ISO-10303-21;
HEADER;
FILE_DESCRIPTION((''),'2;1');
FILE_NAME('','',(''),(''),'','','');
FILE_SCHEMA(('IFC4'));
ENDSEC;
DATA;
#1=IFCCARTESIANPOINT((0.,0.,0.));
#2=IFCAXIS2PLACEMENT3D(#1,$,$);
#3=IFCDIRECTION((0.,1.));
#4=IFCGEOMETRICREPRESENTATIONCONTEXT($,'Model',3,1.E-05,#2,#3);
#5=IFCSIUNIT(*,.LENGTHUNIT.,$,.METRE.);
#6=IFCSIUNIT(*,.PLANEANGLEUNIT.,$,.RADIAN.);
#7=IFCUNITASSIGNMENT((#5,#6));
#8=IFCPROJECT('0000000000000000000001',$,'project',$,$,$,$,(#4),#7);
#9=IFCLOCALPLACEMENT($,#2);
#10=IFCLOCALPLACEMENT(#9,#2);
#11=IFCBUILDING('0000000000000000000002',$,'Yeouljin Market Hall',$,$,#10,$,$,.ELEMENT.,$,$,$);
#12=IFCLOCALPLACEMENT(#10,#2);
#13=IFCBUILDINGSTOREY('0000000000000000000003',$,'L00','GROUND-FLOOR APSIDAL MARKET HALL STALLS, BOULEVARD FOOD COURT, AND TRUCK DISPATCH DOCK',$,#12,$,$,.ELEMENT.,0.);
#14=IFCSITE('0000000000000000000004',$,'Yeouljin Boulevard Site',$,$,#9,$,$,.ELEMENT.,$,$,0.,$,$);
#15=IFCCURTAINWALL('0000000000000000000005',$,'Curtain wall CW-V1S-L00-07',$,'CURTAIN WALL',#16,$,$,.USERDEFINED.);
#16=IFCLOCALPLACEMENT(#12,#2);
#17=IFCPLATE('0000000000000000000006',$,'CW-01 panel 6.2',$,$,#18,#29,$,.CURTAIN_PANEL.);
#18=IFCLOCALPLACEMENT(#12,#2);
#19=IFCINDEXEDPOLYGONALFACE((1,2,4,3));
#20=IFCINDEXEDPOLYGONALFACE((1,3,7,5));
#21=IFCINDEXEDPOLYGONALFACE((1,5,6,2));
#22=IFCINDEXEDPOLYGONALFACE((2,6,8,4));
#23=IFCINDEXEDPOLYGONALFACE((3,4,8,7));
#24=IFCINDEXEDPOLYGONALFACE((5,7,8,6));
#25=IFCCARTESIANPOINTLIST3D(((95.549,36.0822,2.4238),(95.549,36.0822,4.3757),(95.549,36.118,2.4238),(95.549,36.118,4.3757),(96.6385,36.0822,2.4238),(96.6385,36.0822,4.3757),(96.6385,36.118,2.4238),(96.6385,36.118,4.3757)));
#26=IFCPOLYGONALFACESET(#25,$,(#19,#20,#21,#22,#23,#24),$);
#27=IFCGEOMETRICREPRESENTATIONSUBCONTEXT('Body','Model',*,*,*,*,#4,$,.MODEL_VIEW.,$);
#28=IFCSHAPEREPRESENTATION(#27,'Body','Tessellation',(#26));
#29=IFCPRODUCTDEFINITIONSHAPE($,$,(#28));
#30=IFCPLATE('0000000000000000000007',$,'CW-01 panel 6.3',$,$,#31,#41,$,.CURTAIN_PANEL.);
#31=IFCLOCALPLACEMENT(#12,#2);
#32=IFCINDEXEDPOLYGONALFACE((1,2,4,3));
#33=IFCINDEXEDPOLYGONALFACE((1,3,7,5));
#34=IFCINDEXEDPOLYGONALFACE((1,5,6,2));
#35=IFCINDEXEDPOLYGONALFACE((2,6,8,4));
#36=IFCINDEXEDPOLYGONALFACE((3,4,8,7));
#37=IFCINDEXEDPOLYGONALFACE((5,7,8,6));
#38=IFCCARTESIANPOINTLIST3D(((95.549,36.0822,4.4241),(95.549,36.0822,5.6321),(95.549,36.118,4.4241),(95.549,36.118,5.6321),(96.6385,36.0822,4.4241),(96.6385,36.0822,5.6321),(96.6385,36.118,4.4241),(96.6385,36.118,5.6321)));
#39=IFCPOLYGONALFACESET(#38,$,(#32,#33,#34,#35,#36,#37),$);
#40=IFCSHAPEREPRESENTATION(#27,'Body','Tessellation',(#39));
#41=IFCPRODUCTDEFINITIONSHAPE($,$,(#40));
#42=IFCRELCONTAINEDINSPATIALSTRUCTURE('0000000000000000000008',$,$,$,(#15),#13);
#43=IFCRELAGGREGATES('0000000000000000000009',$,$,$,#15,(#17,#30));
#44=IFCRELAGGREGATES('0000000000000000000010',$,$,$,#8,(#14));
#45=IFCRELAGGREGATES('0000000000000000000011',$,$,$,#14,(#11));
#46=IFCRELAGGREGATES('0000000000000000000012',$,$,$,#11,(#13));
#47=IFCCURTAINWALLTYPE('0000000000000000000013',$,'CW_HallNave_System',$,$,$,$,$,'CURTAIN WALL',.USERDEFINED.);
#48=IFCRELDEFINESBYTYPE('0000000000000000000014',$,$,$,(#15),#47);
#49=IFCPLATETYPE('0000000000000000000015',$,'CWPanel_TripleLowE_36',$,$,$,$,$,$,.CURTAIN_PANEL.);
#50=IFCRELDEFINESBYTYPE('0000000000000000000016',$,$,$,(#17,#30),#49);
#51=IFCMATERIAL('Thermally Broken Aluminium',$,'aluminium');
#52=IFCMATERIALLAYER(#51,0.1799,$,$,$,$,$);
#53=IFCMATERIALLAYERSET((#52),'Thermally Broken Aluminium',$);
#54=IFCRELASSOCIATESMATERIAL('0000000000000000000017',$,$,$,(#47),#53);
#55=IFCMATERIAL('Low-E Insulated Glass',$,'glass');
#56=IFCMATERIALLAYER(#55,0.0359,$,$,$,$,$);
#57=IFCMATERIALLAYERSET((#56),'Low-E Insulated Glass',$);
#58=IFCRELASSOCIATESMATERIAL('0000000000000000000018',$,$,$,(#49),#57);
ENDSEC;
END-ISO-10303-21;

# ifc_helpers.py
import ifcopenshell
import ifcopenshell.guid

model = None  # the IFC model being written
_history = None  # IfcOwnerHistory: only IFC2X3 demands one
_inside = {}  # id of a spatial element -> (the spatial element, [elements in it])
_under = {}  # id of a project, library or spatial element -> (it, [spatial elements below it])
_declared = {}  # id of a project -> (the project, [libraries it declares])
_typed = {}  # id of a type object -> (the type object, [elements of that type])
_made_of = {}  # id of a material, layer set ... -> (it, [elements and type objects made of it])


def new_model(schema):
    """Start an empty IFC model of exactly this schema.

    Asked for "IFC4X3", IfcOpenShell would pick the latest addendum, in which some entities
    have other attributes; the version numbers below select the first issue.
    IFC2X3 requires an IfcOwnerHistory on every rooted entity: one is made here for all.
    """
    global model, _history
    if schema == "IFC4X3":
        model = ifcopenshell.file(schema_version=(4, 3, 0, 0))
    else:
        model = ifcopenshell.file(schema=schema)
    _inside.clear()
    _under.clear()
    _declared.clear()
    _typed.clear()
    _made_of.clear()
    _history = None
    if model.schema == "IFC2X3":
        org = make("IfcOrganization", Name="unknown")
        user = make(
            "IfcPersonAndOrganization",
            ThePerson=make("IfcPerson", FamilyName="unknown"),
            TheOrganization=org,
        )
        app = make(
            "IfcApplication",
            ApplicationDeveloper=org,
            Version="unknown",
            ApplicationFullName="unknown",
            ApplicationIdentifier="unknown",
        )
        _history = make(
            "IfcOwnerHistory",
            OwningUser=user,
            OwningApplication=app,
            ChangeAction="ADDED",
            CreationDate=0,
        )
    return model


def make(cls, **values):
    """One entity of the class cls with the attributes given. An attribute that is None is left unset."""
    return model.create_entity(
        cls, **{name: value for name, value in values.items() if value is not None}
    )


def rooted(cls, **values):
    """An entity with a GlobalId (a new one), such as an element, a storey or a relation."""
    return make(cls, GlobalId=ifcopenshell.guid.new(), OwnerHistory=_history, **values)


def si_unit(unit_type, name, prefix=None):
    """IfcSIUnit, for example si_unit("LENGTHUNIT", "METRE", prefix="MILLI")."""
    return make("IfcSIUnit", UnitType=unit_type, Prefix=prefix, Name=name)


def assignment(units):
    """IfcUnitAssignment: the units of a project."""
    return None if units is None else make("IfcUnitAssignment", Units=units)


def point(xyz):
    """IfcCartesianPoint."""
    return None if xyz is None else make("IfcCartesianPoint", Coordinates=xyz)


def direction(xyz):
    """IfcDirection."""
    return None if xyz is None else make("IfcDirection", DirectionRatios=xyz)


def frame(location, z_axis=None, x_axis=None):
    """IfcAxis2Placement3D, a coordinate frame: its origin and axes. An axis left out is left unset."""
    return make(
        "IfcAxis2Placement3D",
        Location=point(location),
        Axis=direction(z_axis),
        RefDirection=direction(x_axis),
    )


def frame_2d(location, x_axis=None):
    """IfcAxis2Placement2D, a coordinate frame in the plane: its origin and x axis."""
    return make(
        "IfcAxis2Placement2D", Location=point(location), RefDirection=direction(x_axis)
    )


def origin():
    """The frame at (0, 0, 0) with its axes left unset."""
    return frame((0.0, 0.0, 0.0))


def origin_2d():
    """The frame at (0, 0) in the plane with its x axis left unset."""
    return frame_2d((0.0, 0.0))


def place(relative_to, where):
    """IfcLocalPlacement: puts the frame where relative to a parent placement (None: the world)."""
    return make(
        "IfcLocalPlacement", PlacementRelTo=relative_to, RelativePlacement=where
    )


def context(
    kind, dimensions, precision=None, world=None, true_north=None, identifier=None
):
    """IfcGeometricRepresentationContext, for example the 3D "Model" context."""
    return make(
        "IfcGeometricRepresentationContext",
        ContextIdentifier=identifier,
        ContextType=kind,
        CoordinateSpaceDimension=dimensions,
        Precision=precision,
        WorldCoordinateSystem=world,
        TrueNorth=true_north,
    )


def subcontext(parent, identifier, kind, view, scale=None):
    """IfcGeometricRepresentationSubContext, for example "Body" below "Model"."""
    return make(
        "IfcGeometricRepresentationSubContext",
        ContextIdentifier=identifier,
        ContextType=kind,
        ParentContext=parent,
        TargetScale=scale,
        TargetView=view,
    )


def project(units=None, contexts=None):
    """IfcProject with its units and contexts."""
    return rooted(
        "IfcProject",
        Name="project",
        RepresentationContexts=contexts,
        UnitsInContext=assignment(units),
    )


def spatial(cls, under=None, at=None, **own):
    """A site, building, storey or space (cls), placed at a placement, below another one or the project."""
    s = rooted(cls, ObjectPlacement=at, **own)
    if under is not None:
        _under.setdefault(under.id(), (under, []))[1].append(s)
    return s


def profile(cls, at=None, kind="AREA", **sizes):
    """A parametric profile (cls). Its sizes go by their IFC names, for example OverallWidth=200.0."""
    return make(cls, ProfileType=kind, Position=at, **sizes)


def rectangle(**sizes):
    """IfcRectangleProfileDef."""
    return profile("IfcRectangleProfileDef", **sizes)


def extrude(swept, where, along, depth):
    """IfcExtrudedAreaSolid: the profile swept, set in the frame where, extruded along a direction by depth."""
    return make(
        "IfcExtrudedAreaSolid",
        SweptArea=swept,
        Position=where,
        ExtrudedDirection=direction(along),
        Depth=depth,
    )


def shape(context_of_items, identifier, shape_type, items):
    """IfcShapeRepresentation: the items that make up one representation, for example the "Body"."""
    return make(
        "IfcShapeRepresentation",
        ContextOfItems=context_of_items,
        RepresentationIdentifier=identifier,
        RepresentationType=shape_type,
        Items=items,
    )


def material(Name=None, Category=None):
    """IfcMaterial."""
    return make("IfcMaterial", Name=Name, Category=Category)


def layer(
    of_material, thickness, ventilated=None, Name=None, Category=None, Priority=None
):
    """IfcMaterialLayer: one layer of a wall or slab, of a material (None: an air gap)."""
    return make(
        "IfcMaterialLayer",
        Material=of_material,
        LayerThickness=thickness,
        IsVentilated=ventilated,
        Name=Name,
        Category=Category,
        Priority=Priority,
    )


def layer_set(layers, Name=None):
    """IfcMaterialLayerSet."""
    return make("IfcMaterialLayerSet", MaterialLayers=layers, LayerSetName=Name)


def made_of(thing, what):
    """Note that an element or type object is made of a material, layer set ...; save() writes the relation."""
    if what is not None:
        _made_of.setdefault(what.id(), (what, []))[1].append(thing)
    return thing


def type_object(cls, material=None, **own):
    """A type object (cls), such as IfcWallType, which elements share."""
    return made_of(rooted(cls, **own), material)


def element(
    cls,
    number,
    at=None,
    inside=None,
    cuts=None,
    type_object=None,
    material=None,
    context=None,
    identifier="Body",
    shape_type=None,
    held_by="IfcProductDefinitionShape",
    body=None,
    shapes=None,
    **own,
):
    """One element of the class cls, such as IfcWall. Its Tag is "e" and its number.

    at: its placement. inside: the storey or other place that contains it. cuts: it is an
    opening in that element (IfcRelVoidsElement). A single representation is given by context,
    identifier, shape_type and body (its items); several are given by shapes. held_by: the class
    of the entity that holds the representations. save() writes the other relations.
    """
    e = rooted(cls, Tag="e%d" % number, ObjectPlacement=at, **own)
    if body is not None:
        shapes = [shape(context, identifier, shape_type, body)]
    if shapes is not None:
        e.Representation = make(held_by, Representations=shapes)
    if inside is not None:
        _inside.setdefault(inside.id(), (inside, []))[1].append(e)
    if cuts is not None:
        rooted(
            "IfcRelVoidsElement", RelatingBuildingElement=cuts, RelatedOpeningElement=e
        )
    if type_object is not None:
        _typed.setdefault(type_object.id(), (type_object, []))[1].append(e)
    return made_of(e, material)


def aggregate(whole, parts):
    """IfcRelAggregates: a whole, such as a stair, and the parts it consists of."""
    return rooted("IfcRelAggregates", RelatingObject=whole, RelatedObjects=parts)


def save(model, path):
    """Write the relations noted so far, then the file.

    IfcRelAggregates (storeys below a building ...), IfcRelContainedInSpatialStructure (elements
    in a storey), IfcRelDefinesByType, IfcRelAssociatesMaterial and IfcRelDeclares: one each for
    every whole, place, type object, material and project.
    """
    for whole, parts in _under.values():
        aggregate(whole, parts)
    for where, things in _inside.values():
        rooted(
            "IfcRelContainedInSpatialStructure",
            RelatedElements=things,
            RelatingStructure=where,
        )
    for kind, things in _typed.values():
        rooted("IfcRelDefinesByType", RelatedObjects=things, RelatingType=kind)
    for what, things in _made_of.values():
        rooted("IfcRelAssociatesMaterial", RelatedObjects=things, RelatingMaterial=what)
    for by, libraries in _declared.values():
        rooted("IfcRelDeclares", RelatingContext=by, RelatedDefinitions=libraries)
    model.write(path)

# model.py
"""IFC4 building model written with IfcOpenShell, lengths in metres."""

from ifc_helpers import new_model, si_unit, direction, frame, origin, origin_2d, place, context, subcontext, project, spatial, rectangle, extrude, material, layer, layer_set, type_object, element, aggregate, save


model = new_model("IFC4")

# Units and contexts
model_context = context("Model", 3, precision=1e-05, world=origin(), true_north=direction((0.0, 1.0)))
body_context = subcontext(model_context, "Body", "Model", "MODEL_VIEW")
ifc_project = project(units=[si_unit("LENGTHUNIT", "METRE"), si_unit("PLANEANGLEUNIT", "RADIAN")], contexts=[model_context])

# Site, building, storey
site_placement = place(None, origin())
site = spatial("IfcSite", under=ifc_project, at=site_placement, Name="Yeouljin Boulevard Site", CompositionType="ELEMENT", RefElevation=0.0)
building_placement = place(site_placement, origin())
building = spatial("IfcBuilding", under=site, at=building_placement, Name="Yeouljin Market Hall", CompositionType="ELEMENT")
storey_placement = place(building_placement, origin())
storey = spatial("IfcBuildingStorey", under=building, at=storey_placement, Name="L00", Description="GROUND-FLOOR APSIDAL MARKET HALL STALLS, BOULEVARD FOOD COURT, AND TRUCK DISPATCH DOCK", CompositionType="ELEMENT", Elevation=0.0)

# Curtain wall, plates
ifc_material_1 = material(Name="Thermally Broken Aluminium", Category="aluminium")
ifc_layer_1 = layer(ifc_material_1, 0.1799)
ifc_layer_set_1 = layer_set([ifc_layer_1], Name="Thermally Broken Aluminium")
curtain_wall_type = type_object("IfcCurtainWallType", Name="CW_HallNave_System", ElementType="CURTAIN WALL", PredefinedType="USERDEFINED", material=ifc_layer_set_1)
curtain_wall_placement = place(storey_placement, origin())
curtain_wall = element("IfcCurtainWall", 1, at=curtain_wall_placement, inside=storey, type_object=curtain_wall_type, Name="Curtain wall CW-V1S-L00-07", ObjectType="CURTAIN WALL", PredefinedType="USERDEFINED")
ifc_material_2 = material(Name="Low-E Insulated Glass", Category="glass")
ifc_layer_2 = layer(ifc_material_2, 0.0359)
ifc_layer_set_2 = layer_set([ifc_layer_2], Name="Low-E Insulated Glass")
plate_type = type_object("IfcPlateType", Name="CWPanel_TripleLowE_36", PredefinedType="CURTAIN_PANEL", material=ifc_layer_set_2)
plate_1_placement = place(storey_placement, frame((96.0938, 36.1001, 2.4238), z_axis=(0.0, 0.0, 1.0), x_axis=(-1.0, 0.0, 0.0)))
plate_1 = element("IfcPlate", 2, at=plate_1_placement, type_object=plate_type, Name="CW-01 panel 6.2", PredefinedType="CURTAIN_PANEL", context=body_context, shape_type="SweptSolid", body=[
    extrude(rectangle(XDim=1.0896, YDim=0.0359, at=origin_2d()), origin(), (0.0, 0.0, 1.0), 1.9519),
])
plate_2_placement = place(storey_placement, frame((96.0938, 36.1001, 4.4241), z_axis=(0.0, 0.0, 1.0), x_axis=(-1.0, 0.0, 0.0)))
plate_2 = element("IfcPlate", 3, at=plate_2_placement, type_object=plate_type, Name="CW-01 panel 6.3", PredefinedType="CURTAIN_PANEL", context=body_context, shape_type="SweptSolid", body=[
    extrude(rectangle(XDim=1.0896, YDim=0.0359, at=origin_2d()), origin(), (0.0, 0.0, 1.0), 1.208),
])
aggregate(curtain_wall, [plate_1, plate_2])

save(model, "model.ifc")
